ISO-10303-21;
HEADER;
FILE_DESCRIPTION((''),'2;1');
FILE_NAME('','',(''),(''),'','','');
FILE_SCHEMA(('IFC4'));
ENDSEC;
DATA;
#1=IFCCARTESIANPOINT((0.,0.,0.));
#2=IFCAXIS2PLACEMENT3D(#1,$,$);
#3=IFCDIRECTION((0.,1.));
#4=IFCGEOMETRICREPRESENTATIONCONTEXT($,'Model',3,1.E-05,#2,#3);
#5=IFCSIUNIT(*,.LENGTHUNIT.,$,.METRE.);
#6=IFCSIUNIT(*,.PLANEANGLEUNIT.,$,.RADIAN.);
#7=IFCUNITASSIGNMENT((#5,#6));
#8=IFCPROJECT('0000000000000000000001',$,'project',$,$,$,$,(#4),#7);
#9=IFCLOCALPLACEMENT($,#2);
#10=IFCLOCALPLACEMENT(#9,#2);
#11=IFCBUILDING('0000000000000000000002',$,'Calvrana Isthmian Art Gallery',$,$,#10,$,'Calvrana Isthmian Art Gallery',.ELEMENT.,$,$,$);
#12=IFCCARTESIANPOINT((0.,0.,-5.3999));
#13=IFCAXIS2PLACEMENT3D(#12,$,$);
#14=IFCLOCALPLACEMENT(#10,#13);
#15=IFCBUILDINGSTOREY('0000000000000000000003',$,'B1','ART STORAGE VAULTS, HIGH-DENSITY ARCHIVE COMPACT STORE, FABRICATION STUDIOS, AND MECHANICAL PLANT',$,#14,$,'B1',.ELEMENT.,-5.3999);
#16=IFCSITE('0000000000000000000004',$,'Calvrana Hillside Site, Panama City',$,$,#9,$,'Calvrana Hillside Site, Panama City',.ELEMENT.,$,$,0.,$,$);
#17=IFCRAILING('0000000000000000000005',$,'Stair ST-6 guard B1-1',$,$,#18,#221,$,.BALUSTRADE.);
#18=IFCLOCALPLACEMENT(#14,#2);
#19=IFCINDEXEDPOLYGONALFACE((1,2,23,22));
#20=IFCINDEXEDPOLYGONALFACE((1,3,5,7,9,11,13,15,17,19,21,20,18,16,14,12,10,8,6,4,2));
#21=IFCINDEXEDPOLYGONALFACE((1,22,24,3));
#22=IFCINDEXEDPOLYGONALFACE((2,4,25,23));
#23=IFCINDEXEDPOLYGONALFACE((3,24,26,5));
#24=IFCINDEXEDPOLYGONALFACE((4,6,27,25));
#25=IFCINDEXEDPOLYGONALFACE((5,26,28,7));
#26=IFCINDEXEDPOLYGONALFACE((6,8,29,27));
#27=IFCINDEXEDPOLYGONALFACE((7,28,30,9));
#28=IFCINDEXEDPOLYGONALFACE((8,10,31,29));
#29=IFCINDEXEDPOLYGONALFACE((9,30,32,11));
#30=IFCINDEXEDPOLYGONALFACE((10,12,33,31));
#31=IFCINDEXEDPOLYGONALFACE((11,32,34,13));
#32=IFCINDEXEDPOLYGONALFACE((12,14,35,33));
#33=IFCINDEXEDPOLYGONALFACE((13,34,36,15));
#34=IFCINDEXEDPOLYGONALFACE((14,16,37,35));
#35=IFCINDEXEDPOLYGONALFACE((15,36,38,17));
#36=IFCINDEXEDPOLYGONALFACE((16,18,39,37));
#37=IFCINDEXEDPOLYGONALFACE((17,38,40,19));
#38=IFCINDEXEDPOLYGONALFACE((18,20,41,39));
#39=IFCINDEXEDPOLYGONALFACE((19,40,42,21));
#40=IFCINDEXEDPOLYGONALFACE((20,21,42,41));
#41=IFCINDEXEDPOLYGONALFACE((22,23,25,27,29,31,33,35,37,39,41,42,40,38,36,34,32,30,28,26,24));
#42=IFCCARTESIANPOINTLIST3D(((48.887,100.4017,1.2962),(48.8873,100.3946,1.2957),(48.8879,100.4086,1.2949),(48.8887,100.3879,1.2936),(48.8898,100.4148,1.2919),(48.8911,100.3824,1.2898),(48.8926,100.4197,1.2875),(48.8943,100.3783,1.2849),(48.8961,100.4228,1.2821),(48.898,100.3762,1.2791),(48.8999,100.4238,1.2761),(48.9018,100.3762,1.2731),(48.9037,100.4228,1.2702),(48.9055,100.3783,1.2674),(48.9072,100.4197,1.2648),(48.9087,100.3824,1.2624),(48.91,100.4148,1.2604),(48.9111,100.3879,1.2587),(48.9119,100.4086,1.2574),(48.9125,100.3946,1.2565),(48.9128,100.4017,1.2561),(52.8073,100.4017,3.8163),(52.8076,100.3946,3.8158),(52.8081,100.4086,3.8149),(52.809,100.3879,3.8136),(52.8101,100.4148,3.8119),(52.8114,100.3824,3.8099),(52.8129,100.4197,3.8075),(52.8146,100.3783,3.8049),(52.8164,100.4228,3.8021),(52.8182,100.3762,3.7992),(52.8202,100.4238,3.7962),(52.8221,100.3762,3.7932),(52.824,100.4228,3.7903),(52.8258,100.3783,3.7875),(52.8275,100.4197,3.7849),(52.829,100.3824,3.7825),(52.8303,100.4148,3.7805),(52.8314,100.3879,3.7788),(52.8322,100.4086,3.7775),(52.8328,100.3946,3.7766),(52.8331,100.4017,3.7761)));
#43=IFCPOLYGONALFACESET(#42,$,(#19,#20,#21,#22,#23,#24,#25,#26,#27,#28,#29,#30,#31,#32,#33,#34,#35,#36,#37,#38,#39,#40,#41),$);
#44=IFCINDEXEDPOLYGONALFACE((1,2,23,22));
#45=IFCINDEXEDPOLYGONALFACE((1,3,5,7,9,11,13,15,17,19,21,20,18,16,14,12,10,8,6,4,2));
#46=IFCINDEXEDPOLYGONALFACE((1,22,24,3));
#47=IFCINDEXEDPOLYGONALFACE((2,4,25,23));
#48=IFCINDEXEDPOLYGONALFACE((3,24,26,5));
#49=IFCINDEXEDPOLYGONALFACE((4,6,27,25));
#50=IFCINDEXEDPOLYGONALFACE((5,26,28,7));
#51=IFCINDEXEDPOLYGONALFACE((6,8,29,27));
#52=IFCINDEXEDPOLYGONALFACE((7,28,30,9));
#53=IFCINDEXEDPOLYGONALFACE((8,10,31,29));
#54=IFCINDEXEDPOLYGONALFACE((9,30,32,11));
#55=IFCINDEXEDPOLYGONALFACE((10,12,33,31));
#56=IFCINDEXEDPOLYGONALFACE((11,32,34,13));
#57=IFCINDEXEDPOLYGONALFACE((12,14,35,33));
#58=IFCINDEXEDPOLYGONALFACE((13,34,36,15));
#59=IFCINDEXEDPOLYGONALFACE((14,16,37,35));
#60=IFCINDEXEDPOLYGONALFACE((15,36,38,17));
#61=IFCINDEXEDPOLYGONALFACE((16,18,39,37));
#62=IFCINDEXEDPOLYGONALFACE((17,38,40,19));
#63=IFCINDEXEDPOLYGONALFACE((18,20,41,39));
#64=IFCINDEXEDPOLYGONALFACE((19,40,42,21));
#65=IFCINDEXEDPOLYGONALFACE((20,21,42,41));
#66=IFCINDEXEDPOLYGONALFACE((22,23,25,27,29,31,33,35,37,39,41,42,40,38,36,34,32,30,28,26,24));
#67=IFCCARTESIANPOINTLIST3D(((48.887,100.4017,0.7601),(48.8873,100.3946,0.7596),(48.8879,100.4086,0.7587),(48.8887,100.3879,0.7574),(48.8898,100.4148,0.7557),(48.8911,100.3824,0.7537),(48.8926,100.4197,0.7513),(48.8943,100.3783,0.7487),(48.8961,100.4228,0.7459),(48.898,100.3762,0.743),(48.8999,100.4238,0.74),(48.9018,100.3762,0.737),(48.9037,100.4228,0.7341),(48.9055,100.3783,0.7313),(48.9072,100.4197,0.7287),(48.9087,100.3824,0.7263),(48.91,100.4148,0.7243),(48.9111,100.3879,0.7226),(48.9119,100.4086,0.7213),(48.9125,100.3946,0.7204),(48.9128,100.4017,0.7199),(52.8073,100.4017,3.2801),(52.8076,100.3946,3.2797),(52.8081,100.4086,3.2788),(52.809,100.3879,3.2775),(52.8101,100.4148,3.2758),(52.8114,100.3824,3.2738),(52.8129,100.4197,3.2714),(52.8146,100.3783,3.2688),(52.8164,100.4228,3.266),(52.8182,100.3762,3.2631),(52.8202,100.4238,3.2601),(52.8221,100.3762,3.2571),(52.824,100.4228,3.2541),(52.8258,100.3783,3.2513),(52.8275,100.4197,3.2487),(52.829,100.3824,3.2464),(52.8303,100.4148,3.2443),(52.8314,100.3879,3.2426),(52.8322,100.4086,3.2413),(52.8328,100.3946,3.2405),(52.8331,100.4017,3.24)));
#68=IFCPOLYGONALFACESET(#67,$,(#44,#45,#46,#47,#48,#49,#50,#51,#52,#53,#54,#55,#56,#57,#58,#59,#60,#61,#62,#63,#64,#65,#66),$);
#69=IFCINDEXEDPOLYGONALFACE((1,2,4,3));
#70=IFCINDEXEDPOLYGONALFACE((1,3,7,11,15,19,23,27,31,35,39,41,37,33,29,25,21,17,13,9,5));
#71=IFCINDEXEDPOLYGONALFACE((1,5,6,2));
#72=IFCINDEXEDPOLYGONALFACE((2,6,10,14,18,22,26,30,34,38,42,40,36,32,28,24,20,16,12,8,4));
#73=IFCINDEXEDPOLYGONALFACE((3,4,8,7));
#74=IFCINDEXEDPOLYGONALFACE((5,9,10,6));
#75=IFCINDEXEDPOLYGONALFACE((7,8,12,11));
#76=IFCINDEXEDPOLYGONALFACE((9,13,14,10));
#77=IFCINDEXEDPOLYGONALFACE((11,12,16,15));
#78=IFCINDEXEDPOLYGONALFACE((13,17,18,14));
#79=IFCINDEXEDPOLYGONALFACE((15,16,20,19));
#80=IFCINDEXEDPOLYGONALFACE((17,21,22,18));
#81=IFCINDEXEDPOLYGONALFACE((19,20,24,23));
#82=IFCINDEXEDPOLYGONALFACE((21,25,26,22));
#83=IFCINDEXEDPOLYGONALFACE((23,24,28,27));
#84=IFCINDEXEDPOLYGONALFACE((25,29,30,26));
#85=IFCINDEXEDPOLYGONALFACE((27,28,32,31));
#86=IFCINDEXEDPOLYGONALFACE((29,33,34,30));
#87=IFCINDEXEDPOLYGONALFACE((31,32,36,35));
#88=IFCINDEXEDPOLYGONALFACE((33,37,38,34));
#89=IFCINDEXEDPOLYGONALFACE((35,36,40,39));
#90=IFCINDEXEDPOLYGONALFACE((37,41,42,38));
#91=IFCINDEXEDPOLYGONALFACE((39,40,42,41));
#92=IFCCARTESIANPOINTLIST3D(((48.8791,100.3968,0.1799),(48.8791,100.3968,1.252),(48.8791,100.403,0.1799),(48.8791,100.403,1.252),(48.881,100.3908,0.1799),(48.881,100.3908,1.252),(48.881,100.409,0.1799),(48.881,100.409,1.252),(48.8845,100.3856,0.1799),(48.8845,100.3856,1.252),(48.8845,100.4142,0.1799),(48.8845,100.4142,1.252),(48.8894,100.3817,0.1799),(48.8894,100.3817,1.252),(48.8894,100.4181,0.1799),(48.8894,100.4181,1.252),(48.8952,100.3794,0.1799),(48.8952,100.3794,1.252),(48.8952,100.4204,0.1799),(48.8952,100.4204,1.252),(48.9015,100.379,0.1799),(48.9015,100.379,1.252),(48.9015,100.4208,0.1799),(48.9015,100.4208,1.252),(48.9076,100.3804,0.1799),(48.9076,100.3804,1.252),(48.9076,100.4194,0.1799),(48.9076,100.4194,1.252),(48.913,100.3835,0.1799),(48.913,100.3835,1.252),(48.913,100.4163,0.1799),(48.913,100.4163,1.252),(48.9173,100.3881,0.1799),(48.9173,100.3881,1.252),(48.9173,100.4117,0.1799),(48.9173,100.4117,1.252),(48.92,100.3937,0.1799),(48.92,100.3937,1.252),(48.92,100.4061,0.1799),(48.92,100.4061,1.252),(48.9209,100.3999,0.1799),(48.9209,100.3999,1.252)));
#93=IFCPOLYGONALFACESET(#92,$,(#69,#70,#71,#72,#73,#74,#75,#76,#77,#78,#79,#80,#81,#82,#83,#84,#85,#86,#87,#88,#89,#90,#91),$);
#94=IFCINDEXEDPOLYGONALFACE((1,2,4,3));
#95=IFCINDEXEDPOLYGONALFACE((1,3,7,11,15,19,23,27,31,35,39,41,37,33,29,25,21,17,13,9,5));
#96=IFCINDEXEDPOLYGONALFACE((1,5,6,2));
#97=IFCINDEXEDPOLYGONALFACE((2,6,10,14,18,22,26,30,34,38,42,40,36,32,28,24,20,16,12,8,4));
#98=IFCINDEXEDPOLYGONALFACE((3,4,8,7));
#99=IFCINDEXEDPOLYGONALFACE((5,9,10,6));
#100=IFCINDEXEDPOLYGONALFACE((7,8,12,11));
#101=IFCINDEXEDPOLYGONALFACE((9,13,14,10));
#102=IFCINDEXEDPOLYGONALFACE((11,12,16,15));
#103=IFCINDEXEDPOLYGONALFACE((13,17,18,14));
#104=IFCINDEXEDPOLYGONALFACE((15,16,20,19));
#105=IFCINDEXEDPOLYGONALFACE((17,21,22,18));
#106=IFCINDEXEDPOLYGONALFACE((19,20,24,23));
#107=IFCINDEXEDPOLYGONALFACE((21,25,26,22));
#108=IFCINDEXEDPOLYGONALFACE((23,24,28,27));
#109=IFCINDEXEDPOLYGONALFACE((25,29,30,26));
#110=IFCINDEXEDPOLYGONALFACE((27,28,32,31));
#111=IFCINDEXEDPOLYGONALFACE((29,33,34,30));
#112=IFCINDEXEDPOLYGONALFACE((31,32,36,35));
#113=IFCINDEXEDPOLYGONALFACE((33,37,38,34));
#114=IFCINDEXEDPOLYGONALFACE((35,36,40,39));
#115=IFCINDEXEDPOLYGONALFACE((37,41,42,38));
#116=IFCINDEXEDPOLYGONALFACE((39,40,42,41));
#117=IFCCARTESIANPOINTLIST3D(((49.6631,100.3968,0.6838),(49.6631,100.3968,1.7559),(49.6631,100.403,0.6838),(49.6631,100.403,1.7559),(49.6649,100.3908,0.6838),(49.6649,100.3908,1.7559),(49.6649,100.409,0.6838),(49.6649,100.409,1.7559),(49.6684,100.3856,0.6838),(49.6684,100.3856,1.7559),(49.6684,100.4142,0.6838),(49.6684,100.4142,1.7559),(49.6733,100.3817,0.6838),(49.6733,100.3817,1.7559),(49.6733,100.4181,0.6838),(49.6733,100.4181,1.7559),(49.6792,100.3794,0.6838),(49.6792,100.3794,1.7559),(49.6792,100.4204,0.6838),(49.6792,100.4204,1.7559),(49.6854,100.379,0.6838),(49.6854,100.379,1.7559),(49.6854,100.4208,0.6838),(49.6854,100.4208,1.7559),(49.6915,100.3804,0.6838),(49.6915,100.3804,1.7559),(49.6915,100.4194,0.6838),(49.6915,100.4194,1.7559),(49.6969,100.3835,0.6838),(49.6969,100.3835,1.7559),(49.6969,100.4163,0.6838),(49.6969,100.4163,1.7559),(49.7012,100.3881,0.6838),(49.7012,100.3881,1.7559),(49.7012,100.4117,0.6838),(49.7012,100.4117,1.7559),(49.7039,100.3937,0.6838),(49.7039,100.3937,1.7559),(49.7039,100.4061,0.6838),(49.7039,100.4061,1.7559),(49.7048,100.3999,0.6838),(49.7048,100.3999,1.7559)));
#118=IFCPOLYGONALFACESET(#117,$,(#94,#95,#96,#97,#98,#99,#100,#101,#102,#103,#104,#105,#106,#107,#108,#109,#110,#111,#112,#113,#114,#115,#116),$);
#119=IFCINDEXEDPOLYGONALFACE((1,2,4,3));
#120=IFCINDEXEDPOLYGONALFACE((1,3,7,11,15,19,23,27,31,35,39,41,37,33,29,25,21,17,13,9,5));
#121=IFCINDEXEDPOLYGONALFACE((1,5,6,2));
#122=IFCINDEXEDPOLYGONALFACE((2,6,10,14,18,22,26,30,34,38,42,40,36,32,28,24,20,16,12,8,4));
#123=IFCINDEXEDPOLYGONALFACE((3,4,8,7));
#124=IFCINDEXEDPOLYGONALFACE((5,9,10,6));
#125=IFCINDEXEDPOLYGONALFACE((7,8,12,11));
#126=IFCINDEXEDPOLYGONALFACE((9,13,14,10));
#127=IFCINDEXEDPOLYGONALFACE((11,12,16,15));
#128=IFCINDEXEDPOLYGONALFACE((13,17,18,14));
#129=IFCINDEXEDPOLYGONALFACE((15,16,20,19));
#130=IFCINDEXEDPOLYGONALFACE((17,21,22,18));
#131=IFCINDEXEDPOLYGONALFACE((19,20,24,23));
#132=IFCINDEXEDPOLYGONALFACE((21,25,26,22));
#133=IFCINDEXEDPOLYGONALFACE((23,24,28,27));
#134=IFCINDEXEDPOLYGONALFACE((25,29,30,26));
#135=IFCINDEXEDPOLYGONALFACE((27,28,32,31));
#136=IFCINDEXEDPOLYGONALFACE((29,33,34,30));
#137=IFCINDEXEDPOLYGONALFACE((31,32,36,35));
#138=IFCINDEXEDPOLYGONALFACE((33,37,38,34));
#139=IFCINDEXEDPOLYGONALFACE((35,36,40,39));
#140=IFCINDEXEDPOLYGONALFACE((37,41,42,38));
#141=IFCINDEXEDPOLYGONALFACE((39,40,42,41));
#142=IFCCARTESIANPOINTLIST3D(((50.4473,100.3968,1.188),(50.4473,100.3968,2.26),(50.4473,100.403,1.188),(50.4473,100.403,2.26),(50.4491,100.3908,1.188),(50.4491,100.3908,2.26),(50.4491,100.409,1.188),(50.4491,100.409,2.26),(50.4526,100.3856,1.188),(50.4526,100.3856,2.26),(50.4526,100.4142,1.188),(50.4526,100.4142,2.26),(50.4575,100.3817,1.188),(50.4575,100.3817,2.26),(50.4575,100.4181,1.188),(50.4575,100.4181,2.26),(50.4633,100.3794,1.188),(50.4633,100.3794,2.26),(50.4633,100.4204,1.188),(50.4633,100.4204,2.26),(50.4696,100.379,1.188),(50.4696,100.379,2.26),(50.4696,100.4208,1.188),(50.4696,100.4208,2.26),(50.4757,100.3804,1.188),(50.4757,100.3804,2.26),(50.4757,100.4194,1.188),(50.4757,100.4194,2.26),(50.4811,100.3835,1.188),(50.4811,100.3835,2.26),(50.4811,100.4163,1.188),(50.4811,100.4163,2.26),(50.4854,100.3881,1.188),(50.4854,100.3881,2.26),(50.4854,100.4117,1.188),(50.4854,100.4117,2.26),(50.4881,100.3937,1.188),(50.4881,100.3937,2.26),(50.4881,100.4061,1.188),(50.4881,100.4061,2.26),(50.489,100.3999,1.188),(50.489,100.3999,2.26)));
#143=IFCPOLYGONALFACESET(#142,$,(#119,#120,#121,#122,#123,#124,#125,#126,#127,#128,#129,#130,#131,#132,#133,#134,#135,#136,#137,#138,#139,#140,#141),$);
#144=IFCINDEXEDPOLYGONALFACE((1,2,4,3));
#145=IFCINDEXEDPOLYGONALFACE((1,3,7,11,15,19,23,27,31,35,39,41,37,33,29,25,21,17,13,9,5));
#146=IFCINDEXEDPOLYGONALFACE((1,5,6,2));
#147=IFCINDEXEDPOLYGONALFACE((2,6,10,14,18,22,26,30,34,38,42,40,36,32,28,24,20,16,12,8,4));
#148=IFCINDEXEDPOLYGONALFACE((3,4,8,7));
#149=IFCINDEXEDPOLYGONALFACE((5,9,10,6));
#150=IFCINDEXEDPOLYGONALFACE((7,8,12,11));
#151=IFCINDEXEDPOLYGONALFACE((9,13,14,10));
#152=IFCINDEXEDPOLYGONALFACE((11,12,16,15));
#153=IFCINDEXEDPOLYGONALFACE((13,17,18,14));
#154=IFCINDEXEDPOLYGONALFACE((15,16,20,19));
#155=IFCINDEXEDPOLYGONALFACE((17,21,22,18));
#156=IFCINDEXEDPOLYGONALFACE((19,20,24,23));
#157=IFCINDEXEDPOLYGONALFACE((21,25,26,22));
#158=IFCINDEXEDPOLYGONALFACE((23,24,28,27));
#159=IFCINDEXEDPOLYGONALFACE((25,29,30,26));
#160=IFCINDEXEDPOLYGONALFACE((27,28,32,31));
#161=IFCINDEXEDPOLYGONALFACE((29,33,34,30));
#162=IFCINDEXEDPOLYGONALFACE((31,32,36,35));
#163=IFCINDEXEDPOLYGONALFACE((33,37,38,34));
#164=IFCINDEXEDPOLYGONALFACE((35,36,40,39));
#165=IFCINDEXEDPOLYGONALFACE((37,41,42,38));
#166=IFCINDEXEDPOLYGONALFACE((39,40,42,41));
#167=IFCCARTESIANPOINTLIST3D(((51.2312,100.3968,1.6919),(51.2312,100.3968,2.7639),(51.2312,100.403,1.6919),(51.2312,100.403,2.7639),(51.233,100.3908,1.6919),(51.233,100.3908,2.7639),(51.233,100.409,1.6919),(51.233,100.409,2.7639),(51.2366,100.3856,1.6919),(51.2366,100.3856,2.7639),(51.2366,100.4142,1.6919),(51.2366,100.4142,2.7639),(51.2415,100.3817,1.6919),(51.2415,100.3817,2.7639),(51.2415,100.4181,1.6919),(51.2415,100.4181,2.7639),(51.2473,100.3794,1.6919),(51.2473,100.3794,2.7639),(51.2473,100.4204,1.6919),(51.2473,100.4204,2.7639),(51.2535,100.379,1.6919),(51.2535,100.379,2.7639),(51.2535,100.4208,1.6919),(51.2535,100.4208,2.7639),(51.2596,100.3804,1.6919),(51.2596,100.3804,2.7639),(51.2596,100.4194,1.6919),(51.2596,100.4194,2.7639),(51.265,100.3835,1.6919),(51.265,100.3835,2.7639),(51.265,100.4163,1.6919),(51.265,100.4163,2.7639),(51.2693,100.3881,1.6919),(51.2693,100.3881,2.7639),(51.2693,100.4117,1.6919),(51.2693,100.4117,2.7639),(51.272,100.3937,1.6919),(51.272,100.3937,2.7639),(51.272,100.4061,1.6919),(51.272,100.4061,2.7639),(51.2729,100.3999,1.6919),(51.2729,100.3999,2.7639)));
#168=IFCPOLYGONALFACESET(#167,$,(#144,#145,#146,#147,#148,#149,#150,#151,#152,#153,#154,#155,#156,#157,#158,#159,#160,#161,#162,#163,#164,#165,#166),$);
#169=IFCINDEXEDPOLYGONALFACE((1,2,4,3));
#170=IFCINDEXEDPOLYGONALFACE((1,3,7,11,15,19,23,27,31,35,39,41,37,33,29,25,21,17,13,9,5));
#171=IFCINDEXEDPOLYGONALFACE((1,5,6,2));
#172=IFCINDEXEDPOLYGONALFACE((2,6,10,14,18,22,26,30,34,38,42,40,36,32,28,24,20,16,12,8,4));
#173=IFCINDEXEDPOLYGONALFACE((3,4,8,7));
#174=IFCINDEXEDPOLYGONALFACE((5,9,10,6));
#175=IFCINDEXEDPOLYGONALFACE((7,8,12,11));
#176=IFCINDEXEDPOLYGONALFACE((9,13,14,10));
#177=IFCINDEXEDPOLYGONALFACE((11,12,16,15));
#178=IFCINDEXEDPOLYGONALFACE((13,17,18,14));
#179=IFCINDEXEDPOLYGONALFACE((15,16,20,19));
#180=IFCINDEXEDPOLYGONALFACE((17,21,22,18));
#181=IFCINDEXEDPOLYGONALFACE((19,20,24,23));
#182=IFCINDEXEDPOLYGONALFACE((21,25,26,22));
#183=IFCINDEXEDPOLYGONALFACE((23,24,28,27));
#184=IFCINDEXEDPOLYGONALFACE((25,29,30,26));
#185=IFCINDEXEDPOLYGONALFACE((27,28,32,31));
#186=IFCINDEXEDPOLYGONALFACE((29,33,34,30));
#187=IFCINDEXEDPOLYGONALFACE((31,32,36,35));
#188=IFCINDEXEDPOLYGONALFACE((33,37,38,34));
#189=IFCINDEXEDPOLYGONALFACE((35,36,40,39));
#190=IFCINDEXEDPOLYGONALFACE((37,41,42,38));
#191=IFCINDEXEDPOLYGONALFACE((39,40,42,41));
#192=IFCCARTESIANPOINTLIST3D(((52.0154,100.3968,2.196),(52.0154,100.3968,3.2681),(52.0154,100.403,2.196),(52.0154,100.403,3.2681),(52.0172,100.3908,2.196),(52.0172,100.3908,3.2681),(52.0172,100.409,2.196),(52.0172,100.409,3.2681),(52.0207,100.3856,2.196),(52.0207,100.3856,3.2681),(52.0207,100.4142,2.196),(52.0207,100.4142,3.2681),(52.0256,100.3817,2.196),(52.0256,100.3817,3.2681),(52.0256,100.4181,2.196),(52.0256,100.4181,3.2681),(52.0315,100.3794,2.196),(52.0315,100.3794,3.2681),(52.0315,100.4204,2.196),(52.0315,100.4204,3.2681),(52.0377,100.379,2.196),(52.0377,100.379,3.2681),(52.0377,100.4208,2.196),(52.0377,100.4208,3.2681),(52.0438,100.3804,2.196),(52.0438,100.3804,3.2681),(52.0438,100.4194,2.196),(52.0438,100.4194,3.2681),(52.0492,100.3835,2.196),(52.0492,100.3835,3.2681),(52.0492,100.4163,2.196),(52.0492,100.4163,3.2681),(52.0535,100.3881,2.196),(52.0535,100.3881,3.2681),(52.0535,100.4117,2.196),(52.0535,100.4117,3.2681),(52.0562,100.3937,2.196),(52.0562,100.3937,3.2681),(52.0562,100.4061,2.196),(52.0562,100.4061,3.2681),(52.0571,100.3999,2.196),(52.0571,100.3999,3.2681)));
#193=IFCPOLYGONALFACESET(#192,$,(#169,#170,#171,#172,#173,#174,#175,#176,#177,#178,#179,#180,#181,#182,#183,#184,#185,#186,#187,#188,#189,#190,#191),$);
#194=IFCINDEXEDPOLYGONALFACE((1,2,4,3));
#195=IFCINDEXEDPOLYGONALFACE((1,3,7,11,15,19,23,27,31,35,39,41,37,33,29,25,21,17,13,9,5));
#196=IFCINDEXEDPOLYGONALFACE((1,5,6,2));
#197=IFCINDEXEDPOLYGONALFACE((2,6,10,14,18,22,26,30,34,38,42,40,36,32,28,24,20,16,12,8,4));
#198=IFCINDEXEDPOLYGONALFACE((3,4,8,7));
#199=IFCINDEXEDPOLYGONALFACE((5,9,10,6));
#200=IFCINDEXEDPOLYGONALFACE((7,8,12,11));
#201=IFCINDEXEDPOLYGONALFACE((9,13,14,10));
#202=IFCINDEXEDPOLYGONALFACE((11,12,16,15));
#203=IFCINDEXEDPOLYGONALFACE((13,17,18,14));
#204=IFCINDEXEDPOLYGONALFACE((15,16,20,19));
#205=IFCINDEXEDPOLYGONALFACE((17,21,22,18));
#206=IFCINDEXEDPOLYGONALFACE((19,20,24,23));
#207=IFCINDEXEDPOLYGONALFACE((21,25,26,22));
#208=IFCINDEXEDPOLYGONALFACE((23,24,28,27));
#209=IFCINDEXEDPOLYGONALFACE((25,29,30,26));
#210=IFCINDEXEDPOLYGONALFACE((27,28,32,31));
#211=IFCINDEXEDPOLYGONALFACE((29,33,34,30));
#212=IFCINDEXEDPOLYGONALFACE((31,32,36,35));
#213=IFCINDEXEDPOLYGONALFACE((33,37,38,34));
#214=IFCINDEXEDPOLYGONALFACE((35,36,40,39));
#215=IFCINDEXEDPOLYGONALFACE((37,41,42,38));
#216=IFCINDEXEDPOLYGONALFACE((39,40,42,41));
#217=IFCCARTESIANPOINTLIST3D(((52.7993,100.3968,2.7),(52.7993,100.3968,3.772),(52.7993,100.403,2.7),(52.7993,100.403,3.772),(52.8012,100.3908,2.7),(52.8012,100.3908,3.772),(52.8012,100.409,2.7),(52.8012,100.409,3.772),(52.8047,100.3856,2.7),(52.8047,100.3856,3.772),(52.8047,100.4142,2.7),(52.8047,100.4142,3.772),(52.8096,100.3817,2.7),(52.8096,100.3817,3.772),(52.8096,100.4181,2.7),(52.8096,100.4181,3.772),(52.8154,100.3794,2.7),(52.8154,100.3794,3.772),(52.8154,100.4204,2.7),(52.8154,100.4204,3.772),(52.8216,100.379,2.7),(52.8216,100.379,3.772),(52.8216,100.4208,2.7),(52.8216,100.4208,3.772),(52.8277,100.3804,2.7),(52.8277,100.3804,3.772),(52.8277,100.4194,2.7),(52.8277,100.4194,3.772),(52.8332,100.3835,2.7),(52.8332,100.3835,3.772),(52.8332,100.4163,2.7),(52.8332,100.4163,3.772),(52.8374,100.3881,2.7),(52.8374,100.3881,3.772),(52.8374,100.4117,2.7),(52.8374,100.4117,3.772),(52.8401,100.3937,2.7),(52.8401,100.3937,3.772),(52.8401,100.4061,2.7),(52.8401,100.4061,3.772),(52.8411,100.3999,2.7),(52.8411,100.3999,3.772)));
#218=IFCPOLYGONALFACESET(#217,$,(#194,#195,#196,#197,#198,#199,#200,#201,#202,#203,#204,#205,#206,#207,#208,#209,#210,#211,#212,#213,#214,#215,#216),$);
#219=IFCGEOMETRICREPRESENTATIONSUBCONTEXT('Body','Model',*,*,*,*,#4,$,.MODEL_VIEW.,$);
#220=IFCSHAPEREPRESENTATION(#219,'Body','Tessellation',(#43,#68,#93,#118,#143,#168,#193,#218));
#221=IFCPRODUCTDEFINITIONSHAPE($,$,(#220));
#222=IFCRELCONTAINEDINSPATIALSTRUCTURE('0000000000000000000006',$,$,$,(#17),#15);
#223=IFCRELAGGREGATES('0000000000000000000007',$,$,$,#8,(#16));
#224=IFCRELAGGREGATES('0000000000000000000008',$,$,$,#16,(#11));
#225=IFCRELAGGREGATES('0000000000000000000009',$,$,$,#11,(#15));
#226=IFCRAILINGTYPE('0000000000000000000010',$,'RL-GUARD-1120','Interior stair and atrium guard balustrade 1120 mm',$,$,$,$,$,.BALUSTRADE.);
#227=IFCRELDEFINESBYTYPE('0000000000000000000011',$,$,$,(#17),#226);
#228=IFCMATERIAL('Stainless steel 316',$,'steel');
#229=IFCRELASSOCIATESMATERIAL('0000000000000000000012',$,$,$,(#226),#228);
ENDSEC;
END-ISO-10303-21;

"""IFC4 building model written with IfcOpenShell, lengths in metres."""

from ifc_helpers import new_model, si_unit, direction, frame, origin, origin_2d, place, context, subcontext, project, spatial, circle, extrude, material, type_object, element, save


model = new_model("IFC4")

# Units and contexts
model_context = context("Model", 3, precision=1e-05, world=origin(), true_north=direction((0.0, 1.0)))
body_context = subcontext(model_context, "Body", "Model", "MODEL_VIEW")
ifc_project = project(units=[si_unit("LENGTHUNIT", "METRE"), si_unit("PLANEANGLEUNIT", "RADIAN")], contexts=[model_context])

# Site, building, storey
site_placement = place(None, origin())
site = spatial("IfcSite", under=ifc_project, at=site_placement, Name="Calvrana Hillside Site, Panama City", LongName="Calvrana Hillside Site, Panama City", CompositionType="ELEMENT", RefElevation=0.0)
building_placement = place(site_placement, origin())
building = spatial("IfcBuilding", under=site, at=building_placement, Name="Calvrana Isthmian Art Gallery", LongName="Calvrana Isthmian Art Gallery", CompositionType="ELEMENT")
storey_placement = place(building_placement, frame((0.0, 0.0, -5.3999)))
storey = spatial("IfcBuildingStorey", under=building, at=storey_placement, Name="B1", Description="ART STORAGE VAULTS, HIGH-DENSITY ARCHIVE COMPACT STORE, FABRICATION STUDIOS, AND MECHANICAL PLANT", LongName="B1", CompositionType="ELEMENT", Elevation=-5.3999)

# Railing
ifc_material_1 = material(Name="Stainless steel 316", Category="steel")
railing_type_1 = type_object("IfcRailingType", Name="RL-GUARD-1120", Description="Interior stair and atrium guard balustrade 1120 mm", PredefinedType="BALUSTRADE", material=ifc_material_1)
railing_1_placement = place(storey_placement, frame((48.8999, 100.3999, 0.1799)))
element("IfcRailing", 1, at=railing_1_placement, inside=storey, type_object=railing_type_1, Name="Stair ST-6 guard B1-1", PredefinedType="BALUSTRADE", context=body_context, shape_type="SweptSolid", body=[
    extrude(circle(Radius=0.0239, at=origin_2d()), frame((0.0, 0.0, 1.0962), z_axis=(0.841187, 0.0, 0.540744), x_axis=(0.0, 1.0, 0.0)), (0.0, 0.0, 1.0), 4.6604),
    extrude(circle(Radius=0.0239, at=origin_2d()), frame((0.0, 0.0, 0.5601), z_axis=(0.841187, 0.0, 0.540744), x_axis=(0.0, 1.0, 0.0)), (0.0, 0.0, 1.0), 4.6604),
    extrude(circle(Radius=0.021, at=origin_2d()), origin(), (0.0, 0.0, 1.0), 1.072),
    extrude(circle(Radius=0.021, at=origin_2d()), frame((0.7839, 0.0, 0.5039)), (0.0, 0.0, 1.0), 1.072),
    extrude(circle(Radius=0.021, at=origin_2d()), frame((1.5681, 0.0, 1.0081)), (0.0, 0.0, 1.0), 1.072),
    extrude(circle(Radius=0.021, at=origin_2d()), frame((2.3521, 0.0, 1.512)), (0.0, 0.0, 1.0), 1.072),
    extrude(circle(Radius=0.021, at=origin_2d()), frame((3.1362, 0.0, 2.0161)), (0.0, 0.0, 1.0), 1.072),
    extrude(circle(Radius=0.021, at=origin_2d()), frame((3.9202, 0.0, 2.52)), (0.0, 0.0, 1.0), 1.072),
])

save(model, "model.ifc")
